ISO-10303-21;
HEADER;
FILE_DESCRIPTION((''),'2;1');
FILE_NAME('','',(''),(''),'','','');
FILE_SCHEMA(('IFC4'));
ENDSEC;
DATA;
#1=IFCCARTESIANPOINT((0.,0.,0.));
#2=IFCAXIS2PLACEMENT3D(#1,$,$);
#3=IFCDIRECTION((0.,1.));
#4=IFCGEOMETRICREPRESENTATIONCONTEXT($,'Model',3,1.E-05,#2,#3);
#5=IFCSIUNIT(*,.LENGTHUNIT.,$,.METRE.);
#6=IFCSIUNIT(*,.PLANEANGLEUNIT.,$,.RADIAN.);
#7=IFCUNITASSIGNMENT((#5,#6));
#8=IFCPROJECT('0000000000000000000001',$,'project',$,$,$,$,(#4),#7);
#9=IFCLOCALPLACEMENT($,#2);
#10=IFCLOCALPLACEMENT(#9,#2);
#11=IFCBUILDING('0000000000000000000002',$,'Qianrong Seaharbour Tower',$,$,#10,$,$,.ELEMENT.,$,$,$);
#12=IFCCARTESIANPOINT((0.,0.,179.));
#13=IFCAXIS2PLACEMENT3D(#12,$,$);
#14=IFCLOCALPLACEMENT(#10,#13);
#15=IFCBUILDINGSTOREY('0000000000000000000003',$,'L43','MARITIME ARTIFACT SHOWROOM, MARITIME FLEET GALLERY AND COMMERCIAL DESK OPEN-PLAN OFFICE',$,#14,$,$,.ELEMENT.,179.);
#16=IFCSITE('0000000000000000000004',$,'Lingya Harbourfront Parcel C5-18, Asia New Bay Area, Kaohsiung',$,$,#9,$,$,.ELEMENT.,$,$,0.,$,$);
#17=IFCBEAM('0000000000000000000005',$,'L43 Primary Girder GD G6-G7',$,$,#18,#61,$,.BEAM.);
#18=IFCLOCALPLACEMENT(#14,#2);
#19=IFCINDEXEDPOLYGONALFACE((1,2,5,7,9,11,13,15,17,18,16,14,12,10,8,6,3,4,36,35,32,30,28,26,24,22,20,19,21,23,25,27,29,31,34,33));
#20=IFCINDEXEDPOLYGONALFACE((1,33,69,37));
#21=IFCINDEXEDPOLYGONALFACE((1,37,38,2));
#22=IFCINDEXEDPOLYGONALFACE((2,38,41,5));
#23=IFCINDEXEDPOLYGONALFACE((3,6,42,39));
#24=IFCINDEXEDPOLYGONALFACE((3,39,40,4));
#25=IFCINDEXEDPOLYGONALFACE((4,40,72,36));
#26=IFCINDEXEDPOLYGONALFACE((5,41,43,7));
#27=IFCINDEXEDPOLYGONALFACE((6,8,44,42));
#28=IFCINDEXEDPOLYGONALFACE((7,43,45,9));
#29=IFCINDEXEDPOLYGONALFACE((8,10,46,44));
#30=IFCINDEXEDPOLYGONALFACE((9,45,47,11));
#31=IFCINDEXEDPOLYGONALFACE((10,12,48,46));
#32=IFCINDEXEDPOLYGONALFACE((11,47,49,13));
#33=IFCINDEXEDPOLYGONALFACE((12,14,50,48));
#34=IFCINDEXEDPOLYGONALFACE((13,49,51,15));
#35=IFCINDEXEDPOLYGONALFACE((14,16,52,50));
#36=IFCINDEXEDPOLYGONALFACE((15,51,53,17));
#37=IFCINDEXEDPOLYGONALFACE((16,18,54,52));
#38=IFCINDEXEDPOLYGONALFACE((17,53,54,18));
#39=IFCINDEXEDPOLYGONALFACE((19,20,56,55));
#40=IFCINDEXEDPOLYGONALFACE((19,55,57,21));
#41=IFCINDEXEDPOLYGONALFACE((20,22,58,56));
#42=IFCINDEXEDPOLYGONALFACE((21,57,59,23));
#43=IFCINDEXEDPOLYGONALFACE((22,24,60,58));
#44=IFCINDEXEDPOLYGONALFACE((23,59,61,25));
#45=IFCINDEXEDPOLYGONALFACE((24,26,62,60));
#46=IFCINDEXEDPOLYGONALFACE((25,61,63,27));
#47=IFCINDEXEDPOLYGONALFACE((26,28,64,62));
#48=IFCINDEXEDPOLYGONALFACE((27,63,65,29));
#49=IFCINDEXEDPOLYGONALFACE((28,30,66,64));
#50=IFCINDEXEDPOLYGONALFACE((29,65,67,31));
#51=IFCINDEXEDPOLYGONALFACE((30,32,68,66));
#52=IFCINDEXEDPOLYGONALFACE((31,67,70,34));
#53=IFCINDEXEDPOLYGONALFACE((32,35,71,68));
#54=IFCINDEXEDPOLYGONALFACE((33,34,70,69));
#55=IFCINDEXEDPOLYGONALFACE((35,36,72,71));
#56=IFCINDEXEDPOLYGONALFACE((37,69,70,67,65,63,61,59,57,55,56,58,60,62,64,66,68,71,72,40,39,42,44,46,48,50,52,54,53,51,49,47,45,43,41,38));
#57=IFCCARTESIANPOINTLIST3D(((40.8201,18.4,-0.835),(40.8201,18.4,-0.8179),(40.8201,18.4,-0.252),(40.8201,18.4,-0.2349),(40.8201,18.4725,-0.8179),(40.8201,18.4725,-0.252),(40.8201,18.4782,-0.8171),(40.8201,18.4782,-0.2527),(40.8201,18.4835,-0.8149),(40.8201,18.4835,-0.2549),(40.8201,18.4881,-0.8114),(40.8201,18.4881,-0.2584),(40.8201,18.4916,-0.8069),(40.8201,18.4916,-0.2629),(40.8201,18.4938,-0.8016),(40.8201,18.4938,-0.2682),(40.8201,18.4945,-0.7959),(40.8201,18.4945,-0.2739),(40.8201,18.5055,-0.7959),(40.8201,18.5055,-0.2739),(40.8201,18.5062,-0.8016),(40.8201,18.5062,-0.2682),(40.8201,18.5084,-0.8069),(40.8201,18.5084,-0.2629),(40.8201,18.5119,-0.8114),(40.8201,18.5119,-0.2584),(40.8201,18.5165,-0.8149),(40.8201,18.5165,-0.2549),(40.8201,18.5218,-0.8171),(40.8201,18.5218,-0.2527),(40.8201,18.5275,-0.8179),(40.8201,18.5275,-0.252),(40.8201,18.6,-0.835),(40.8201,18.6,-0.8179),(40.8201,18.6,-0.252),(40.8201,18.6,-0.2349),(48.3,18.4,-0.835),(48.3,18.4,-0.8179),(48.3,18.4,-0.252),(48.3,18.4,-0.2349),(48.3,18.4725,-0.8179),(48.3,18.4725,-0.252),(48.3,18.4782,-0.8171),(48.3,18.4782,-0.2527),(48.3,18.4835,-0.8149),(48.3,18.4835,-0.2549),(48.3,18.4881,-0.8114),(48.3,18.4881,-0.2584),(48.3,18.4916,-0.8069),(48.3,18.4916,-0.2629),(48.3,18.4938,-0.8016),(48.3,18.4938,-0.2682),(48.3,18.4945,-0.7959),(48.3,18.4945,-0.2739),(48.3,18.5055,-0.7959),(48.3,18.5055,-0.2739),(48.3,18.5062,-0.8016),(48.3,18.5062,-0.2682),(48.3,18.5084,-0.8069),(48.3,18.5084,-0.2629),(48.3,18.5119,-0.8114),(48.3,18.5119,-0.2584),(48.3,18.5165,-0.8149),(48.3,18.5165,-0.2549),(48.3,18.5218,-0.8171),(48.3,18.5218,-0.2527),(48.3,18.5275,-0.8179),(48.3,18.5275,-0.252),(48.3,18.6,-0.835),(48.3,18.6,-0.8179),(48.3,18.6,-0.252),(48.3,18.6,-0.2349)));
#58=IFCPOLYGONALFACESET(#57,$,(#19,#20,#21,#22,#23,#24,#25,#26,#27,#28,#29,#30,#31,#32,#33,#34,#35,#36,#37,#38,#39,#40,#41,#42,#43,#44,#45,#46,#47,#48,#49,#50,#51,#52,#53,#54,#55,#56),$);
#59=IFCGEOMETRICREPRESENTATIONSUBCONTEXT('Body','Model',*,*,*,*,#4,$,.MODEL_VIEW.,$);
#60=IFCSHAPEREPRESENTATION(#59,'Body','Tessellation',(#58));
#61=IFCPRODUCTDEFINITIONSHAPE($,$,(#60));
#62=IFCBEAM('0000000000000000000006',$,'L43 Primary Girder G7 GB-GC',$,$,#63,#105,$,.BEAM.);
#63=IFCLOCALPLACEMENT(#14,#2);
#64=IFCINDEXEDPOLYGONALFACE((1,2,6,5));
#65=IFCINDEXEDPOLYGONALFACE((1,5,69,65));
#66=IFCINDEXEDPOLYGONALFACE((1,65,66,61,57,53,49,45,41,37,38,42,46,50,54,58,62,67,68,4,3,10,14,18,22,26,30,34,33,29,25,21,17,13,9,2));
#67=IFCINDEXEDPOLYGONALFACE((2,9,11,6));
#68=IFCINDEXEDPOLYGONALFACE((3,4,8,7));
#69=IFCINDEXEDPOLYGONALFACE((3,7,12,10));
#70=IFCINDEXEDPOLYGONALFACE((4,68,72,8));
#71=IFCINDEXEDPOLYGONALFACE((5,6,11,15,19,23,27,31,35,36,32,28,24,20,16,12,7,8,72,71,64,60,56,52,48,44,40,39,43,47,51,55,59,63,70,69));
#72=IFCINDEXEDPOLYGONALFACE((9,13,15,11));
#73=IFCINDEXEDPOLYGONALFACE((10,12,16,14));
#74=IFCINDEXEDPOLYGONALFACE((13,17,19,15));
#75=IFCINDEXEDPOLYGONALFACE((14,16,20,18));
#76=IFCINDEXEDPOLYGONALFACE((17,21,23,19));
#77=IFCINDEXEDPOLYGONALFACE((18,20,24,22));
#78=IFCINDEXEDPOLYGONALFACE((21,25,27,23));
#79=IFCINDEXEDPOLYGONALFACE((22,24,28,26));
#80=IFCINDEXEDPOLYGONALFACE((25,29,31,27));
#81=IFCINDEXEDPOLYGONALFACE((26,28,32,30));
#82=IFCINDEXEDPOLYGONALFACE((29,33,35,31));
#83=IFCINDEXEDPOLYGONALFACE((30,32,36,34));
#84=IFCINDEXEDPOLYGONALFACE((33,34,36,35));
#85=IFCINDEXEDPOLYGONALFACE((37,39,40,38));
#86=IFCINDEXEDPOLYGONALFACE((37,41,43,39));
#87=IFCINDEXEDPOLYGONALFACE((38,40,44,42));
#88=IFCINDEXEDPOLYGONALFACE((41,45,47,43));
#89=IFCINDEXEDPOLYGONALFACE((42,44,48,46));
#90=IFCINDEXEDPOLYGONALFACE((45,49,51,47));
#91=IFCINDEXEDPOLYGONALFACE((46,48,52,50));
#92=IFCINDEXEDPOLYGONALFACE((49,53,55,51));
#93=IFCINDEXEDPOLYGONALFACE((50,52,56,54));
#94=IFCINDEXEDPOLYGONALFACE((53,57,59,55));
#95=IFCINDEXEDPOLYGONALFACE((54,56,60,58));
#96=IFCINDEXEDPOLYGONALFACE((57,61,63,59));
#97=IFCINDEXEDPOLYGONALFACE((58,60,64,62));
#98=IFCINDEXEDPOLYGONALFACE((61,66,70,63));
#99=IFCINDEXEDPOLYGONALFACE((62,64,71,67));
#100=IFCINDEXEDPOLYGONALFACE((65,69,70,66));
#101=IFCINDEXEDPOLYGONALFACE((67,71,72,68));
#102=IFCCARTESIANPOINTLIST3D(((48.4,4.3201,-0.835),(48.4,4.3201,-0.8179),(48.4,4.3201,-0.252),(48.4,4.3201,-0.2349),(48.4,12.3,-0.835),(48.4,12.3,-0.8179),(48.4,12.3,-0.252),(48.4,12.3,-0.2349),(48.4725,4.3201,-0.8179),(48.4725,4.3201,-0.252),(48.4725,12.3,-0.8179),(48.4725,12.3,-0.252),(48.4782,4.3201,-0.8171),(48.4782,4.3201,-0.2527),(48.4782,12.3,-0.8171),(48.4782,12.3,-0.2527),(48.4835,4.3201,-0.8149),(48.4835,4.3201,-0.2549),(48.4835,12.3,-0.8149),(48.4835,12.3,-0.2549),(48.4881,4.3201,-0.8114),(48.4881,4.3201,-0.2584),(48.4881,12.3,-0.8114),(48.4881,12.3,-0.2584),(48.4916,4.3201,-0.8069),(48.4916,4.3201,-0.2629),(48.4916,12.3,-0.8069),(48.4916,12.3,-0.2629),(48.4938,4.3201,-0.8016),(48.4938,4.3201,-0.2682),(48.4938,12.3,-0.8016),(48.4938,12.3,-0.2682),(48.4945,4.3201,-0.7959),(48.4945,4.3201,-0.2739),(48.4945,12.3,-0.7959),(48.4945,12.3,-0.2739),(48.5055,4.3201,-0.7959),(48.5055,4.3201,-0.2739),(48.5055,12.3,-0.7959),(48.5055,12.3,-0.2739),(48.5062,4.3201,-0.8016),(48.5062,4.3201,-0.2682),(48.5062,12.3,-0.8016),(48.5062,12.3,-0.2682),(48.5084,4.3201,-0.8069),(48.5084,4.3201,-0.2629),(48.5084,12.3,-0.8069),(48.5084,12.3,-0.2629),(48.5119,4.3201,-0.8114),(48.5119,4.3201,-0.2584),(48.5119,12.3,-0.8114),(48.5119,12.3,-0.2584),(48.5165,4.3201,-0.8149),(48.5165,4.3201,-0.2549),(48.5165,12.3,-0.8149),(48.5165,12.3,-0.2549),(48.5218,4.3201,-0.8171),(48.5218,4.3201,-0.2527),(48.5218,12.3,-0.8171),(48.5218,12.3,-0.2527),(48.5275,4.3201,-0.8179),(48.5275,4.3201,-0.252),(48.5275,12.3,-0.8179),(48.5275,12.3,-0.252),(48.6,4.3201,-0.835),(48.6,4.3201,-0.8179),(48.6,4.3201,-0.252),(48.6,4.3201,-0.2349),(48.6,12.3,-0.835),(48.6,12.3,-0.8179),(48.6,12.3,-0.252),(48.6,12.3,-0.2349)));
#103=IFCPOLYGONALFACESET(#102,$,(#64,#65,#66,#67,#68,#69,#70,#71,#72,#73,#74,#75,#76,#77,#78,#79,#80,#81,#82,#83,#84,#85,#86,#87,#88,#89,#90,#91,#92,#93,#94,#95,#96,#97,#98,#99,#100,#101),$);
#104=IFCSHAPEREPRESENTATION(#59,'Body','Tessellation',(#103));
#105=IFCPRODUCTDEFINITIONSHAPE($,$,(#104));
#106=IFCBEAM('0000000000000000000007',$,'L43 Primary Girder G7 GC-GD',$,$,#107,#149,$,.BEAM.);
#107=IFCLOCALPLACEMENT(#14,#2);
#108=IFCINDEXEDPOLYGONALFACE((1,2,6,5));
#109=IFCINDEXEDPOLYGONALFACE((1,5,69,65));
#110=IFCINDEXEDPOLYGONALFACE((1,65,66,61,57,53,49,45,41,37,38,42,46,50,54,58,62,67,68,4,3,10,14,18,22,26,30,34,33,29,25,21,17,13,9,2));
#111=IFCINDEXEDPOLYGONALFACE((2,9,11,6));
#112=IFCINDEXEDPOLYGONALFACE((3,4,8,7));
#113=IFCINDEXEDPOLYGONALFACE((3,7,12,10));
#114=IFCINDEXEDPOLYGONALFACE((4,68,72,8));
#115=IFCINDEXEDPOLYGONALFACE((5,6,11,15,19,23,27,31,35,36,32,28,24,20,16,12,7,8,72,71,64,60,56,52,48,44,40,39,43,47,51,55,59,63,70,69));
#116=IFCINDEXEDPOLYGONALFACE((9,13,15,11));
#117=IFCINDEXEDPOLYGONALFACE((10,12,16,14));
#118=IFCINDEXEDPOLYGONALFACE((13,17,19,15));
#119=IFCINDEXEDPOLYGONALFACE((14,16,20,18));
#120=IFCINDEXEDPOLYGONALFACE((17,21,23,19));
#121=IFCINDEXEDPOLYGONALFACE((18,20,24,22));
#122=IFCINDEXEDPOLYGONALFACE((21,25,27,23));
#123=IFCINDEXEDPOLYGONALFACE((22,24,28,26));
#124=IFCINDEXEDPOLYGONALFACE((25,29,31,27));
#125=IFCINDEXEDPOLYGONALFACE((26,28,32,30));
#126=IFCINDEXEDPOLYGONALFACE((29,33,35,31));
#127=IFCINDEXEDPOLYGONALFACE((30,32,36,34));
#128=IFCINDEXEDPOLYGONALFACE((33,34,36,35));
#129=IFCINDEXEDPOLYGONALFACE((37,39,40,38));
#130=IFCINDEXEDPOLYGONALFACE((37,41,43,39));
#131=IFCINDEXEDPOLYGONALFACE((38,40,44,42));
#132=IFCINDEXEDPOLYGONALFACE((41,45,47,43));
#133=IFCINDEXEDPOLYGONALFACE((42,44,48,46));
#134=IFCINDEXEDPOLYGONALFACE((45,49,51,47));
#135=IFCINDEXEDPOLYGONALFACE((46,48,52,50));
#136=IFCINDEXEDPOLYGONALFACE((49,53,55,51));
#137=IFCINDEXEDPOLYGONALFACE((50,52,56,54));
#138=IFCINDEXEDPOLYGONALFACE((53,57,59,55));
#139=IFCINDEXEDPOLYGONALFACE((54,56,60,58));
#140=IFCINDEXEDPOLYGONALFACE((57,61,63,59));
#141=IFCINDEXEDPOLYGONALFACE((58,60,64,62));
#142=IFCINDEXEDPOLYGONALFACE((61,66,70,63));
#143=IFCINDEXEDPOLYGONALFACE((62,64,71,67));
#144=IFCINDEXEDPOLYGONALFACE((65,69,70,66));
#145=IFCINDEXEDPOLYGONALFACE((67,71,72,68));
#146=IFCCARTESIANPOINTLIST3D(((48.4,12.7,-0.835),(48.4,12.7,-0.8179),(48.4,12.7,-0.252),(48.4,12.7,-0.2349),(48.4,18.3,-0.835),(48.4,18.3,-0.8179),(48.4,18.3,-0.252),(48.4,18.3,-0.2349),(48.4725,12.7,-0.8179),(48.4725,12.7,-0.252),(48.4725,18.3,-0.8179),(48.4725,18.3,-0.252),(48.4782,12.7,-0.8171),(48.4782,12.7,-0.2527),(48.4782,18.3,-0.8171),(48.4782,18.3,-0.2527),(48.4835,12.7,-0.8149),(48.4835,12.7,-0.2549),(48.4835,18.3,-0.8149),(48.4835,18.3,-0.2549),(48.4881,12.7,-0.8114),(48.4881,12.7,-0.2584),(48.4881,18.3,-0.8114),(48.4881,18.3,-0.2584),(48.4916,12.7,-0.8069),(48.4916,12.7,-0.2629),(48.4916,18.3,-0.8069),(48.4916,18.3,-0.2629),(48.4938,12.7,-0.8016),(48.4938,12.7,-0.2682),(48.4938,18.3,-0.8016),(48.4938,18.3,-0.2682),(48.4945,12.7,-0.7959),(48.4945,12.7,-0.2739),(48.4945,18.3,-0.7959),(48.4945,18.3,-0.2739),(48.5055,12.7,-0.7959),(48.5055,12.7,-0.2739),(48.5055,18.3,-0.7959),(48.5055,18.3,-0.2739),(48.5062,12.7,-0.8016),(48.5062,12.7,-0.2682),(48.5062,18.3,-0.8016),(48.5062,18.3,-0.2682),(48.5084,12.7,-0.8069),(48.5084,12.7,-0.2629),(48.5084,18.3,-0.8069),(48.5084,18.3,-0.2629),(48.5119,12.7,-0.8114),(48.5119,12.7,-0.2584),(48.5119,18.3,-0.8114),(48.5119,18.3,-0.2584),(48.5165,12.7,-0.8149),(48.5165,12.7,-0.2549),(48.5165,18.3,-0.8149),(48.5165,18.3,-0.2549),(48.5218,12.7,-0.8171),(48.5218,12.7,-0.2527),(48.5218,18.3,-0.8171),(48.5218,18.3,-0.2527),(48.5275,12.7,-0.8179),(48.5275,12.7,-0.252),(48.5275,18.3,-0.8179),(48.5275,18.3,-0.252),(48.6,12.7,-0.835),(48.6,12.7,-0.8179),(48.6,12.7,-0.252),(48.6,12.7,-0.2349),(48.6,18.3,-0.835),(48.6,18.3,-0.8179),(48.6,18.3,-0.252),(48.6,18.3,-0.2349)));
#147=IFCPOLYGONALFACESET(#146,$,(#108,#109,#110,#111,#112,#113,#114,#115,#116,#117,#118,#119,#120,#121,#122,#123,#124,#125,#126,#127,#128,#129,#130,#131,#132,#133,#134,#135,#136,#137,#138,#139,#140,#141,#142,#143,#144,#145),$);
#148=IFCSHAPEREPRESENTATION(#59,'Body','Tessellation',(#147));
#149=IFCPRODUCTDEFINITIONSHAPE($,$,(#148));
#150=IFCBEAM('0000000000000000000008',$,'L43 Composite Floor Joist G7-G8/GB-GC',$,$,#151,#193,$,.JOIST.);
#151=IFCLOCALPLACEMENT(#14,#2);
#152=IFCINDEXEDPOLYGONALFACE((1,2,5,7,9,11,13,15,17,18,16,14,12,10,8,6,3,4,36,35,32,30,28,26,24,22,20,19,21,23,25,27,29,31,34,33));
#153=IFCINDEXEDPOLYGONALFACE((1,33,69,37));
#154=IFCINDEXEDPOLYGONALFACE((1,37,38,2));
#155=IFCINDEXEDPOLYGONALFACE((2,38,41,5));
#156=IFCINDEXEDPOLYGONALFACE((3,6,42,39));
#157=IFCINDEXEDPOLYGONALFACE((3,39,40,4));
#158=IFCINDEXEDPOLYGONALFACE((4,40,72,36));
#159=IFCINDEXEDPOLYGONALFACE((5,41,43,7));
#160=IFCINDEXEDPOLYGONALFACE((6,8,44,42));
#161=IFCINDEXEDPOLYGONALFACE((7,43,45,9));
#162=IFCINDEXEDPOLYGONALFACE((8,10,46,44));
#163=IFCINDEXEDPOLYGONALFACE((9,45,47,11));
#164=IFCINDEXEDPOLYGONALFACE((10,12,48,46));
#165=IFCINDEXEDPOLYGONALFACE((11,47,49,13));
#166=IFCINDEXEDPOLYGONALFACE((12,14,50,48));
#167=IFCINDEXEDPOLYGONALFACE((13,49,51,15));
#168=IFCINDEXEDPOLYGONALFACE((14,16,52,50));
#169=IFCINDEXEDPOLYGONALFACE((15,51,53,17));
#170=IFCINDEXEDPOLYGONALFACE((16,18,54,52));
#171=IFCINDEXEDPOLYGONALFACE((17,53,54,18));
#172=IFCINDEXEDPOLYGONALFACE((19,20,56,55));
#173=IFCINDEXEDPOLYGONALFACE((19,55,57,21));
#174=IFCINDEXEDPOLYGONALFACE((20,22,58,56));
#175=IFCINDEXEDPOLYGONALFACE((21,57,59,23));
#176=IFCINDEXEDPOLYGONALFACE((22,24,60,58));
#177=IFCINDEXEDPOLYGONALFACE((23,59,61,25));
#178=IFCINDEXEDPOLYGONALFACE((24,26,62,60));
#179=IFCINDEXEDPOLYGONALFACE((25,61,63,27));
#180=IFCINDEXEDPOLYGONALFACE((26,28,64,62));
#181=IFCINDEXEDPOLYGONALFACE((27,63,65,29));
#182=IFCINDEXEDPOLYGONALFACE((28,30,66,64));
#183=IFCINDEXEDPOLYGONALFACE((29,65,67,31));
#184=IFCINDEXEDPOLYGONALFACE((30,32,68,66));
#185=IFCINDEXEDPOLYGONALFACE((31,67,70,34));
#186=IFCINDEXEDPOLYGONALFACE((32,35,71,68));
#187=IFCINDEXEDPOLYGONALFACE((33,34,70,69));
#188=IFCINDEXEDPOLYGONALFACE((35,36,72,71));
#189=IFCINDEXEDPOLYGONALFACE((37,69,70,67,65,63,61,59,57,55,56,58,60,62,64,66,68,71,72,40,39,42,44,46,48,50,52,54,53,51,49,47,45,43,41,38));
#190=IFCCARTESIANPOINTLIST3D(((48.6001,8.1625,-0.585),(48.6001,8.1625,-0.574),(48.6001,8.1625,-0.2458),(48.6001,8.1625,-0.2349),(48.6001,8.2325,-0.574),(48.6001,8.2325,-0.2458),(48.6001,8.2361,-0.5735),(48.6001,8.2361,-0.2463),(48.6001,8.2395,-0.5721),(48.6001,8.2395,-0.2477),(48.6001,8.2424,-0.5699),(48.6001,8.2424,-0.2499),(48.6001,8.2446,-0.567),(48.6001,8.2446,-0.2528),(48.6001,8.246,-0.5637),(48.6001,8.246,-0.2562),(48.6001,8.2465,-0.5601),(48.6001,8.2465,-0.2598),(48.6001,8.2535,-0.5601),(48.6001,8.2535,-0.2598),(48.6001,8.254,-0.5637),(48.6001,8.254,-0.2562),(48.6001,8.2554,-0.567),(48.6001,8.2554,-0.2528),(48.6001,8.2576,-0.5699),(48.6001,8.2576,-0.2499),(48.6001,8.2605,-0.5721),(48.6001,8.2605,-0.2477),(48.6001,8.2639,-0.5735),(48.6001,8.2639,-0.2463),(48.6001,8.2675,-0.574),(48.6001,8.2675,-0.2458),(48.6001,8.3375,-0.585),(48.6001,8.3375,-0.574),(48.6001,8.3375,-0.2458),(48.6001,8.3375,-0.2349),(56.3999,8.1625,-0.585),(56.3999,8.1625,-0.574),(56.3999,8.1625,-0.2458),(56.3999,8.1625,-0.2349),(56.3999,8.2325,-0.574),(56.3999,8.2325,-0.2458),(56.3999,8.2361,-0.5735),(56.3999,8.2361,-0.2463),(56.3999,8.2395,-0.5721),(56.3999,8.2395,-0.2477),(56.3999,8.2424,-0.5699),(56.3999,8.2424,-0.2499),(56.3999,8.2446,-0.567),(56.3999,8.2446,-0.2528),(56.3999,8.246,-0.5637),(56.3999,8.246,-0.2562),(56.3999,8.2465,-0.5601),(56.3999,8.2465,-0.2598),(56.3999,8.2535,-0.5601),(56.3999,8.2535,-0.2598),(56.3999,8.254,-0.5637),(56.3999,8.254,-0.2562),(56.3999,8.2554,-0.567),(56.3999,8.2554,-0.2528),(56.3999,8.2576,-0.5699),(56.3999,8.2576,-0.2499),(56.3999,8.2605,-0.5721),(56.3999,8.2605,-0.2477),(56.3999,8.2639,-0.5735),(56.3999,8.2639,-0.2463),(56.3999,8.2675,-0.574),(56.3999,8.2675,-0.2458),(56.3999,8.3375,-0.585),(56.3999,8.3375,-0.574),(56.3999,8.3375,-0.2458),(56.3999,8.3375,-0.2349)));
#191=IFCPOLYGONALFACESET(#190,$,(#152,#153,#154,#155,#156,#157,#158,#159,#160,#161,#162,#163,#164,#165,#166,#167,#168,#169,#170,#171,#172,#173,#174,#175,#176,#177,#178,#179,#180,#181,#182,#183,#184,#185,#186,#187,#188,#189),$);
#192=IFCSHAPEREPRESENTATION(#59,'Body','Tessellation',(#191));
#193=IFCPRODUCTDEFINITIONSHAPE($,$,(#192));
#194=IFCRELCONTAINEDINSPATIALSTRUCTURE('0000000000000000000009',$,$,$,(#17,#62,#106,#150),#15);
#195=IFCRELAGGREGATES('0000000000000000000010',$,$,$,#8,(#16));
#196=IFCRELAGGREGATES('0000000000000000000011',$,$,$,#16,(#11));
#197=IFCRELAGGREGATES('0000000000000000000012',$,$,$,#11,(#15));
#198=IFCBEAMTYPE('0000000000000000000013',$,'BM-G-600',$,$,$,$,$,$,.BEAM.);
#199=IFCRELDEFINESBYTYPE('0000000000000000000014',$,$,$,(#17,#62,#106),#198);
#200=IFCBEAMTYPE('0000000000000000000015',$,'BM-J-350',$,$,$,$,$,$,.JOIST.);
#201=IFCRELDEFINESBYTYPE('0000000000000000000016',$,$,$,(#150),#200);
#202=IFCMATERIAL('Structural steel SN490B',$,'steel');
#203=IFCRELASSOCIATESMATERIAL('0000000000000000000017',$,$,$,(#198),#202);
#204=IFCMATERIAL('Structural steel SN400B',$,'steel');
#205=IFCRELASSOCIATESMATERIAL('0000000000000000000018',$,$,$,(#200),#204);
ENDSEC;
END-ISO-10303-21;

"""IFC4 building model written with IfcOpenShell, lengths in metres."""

from ifc_helpers import new_model, si_unit, direction, frame, origin, origin_2d, place, context, subcontext, project, spatial, i_section, extrude, material, material_profile, profile_set, type_object, element, save


model = new_model("IFC4")

# Units and contexts
model_context = context("Model", 3, precision=1e-05, world=origin(), true_north=direction((0.0, 1.0)))
body_context = subcontext(model_context, "Body", "Model", "MODEL_VIEW")
ifc_project = project(units=[si_unit("LENGTHUNIT", "METRE"), si_unit("PLANEANGLEUNIT", "RADIAN")], contexts=[model_context])

# Site, building, storey
site_placement = place(None, origin())
site = spatial("IfcSite", under=ifc_project, at=site_placement, Name="Lingya Harbourfront Parcel C5-18, Asia New Bay Area, Kaohsiung", CompositionType="ELEMENT", RefElevation=0.0)
building_placement = place(site_placement, origin())
building = spatial("IfcBuilding", under=site, at=building_placement, Name="Qianrong Seaharbour Tower", CompositionType="ELEMENT")
storey_placement = place(building_placement, frame((0.0, 0.0, 179.0)))
storey = spatial("IfcBuildingStorey", under=building, at=storey_placement, Name="L43", Description="MARITIME ARTIFACT SHOWROOM, MARITIME FLEET GALLERY AND COMMERCIAL DESK OPEN-PLAN OFFICE", CompositionType="ELEMENT", Elevation=179.0)

# Shared definitions
ifc_material_1 = material(Name="Structural steel SN490B", Category="steel")

# Beams
ifc_material_profile_1 = material_profile(ifc_material_1, i_section(OverallWidth=0.2, OverallDepth=0.6001, WebThickness=0.011, FlangeThickness=0.0171, FilletRadius=0.022, at=origin_2d()), Name="H600x200x11x17")
ifc_profile_set_1 = profile_set([ifc_material_profile_1], Name="Structural steel SN490B")
beam_type_1 = type_object("IfcBeamType", Name="BM-G-600", PredefinedType="BEAM", material=ifc_profile_set_1)
beam_1_placement = place(storey_placement, frame((40.8201, 18.5, -0.5349), z_axis=(1.0, 0.0, 0.0), x_axis=(0.0, 1.0, 0.0)))
element("IfcBeam", 1, at=beam_1_placement, inside=storey, type_object=beam_type_1, Name="L43 Primary Girder GD G6-G7", PredefinedType="BEAM", context=body_context, shape_type="SweptSolid", body=[
    extrude(i_section(OverallWidth=0.2, OverallDepth=0.6001, WebThickness=0.011, FlangeThickness=0.0171, FilletRadius=0.022, at=origin_2d()), origin(), (0.0, 0.0, 1.0), 7.48),
])
beam_2_placement = place(storey_placement, frame((48.5, 4.3201, -0.5349), z_axis=(0.0, 1.0, 0.0), x_axis=(-1.0, 0.0, 0.0)))
element("IfcBeam", 2, at=beam_2_placement, inside=storey, type_object=beam_type_1, Name="L43 Primary Girder G7 GB-GC", PredefinedType="BEAM", context=body_context, shape_type="SweptSolid", body=[
    extrude(i_section(OverallWidth=0.2, OverallDepth=0.6001, WebThickness=0.011, FlangeThickness=0.0171, FilletRadius=0.022, at=origin_2d()), origin(), (0.0, 0.0, 1.0), 7.98),
])
beam_3_placement = place(storey_placement, frame((48.5, 12.7, -0.5349), z_axis=(0.0, 1.0, 0.0), x_axis=(-1.0, 0.0, 0.0)))
element("IfcBeam", 3, at=beam_3_placement, inside=storey, type_object=beam_type_1, Name="L43 Primary Girder G7 GC-GD", PredefinedType="BEAM", context=body_context, shape_type="SweptSolid", body=[
    extrude(i_section(OverallWidth=0.2, OverallDepth=0.6001, WebThickness=0.011, FlangeThickness=0.0171, FilletRadius=0.022, at=origin_2d()), origin(), (0.0, 0.0, 1.0), 5.6001),
])
ifc_material_2 = material(Name="Structural steel SN400B", Category="steel")
ifc_material_profile_2 = material_profile(ifc_material_2, i_section(OverallWidth=0.175, OverallDepth=0.3501, WebThickness=0.0071, FlangeThickness=0.011, FilletRadius=0.0139, at=origin_2d()), Name="H350x175x7x11")
ifc_profile_set_2 = profile_set([ifc_material_profile_2], Name="Structural steel SN400B")
beam_type_2 = type_object("IfcBeamType", Name="BM-J-350", PredefinedType="JOIST", material=ifc_profile_set_2)
for number, where, z_axis, x_axis, name in (
    (4, (48.6001, 8.25, -0.4099), (1.0, 0.0, 0.0), (0.0, 1.0, 0.0), "L43 Composite Floor Joist G7-G8/GB-GC"),
):
    element("IfcBeam", number, at=place(storey_placement, frame(where, z_axis=z_axis, x_axis=x_axis)), inside=storey, type_object=beam_type_2, Name=name, PredefinedType="JOIST", context=body_context, shape_type="SweptSolid", body=[
        extrude(i_section(OverallWidth=0.175, OverallDepth=0.3501, WebThickness=0.0071, FlangeThickness=0.011, FilletRadius=0.0139, at=origin_2d()), origin(), (0.0, 0.0, 1.0), 7.7998),
    ])

save(model, "model.ifc")
